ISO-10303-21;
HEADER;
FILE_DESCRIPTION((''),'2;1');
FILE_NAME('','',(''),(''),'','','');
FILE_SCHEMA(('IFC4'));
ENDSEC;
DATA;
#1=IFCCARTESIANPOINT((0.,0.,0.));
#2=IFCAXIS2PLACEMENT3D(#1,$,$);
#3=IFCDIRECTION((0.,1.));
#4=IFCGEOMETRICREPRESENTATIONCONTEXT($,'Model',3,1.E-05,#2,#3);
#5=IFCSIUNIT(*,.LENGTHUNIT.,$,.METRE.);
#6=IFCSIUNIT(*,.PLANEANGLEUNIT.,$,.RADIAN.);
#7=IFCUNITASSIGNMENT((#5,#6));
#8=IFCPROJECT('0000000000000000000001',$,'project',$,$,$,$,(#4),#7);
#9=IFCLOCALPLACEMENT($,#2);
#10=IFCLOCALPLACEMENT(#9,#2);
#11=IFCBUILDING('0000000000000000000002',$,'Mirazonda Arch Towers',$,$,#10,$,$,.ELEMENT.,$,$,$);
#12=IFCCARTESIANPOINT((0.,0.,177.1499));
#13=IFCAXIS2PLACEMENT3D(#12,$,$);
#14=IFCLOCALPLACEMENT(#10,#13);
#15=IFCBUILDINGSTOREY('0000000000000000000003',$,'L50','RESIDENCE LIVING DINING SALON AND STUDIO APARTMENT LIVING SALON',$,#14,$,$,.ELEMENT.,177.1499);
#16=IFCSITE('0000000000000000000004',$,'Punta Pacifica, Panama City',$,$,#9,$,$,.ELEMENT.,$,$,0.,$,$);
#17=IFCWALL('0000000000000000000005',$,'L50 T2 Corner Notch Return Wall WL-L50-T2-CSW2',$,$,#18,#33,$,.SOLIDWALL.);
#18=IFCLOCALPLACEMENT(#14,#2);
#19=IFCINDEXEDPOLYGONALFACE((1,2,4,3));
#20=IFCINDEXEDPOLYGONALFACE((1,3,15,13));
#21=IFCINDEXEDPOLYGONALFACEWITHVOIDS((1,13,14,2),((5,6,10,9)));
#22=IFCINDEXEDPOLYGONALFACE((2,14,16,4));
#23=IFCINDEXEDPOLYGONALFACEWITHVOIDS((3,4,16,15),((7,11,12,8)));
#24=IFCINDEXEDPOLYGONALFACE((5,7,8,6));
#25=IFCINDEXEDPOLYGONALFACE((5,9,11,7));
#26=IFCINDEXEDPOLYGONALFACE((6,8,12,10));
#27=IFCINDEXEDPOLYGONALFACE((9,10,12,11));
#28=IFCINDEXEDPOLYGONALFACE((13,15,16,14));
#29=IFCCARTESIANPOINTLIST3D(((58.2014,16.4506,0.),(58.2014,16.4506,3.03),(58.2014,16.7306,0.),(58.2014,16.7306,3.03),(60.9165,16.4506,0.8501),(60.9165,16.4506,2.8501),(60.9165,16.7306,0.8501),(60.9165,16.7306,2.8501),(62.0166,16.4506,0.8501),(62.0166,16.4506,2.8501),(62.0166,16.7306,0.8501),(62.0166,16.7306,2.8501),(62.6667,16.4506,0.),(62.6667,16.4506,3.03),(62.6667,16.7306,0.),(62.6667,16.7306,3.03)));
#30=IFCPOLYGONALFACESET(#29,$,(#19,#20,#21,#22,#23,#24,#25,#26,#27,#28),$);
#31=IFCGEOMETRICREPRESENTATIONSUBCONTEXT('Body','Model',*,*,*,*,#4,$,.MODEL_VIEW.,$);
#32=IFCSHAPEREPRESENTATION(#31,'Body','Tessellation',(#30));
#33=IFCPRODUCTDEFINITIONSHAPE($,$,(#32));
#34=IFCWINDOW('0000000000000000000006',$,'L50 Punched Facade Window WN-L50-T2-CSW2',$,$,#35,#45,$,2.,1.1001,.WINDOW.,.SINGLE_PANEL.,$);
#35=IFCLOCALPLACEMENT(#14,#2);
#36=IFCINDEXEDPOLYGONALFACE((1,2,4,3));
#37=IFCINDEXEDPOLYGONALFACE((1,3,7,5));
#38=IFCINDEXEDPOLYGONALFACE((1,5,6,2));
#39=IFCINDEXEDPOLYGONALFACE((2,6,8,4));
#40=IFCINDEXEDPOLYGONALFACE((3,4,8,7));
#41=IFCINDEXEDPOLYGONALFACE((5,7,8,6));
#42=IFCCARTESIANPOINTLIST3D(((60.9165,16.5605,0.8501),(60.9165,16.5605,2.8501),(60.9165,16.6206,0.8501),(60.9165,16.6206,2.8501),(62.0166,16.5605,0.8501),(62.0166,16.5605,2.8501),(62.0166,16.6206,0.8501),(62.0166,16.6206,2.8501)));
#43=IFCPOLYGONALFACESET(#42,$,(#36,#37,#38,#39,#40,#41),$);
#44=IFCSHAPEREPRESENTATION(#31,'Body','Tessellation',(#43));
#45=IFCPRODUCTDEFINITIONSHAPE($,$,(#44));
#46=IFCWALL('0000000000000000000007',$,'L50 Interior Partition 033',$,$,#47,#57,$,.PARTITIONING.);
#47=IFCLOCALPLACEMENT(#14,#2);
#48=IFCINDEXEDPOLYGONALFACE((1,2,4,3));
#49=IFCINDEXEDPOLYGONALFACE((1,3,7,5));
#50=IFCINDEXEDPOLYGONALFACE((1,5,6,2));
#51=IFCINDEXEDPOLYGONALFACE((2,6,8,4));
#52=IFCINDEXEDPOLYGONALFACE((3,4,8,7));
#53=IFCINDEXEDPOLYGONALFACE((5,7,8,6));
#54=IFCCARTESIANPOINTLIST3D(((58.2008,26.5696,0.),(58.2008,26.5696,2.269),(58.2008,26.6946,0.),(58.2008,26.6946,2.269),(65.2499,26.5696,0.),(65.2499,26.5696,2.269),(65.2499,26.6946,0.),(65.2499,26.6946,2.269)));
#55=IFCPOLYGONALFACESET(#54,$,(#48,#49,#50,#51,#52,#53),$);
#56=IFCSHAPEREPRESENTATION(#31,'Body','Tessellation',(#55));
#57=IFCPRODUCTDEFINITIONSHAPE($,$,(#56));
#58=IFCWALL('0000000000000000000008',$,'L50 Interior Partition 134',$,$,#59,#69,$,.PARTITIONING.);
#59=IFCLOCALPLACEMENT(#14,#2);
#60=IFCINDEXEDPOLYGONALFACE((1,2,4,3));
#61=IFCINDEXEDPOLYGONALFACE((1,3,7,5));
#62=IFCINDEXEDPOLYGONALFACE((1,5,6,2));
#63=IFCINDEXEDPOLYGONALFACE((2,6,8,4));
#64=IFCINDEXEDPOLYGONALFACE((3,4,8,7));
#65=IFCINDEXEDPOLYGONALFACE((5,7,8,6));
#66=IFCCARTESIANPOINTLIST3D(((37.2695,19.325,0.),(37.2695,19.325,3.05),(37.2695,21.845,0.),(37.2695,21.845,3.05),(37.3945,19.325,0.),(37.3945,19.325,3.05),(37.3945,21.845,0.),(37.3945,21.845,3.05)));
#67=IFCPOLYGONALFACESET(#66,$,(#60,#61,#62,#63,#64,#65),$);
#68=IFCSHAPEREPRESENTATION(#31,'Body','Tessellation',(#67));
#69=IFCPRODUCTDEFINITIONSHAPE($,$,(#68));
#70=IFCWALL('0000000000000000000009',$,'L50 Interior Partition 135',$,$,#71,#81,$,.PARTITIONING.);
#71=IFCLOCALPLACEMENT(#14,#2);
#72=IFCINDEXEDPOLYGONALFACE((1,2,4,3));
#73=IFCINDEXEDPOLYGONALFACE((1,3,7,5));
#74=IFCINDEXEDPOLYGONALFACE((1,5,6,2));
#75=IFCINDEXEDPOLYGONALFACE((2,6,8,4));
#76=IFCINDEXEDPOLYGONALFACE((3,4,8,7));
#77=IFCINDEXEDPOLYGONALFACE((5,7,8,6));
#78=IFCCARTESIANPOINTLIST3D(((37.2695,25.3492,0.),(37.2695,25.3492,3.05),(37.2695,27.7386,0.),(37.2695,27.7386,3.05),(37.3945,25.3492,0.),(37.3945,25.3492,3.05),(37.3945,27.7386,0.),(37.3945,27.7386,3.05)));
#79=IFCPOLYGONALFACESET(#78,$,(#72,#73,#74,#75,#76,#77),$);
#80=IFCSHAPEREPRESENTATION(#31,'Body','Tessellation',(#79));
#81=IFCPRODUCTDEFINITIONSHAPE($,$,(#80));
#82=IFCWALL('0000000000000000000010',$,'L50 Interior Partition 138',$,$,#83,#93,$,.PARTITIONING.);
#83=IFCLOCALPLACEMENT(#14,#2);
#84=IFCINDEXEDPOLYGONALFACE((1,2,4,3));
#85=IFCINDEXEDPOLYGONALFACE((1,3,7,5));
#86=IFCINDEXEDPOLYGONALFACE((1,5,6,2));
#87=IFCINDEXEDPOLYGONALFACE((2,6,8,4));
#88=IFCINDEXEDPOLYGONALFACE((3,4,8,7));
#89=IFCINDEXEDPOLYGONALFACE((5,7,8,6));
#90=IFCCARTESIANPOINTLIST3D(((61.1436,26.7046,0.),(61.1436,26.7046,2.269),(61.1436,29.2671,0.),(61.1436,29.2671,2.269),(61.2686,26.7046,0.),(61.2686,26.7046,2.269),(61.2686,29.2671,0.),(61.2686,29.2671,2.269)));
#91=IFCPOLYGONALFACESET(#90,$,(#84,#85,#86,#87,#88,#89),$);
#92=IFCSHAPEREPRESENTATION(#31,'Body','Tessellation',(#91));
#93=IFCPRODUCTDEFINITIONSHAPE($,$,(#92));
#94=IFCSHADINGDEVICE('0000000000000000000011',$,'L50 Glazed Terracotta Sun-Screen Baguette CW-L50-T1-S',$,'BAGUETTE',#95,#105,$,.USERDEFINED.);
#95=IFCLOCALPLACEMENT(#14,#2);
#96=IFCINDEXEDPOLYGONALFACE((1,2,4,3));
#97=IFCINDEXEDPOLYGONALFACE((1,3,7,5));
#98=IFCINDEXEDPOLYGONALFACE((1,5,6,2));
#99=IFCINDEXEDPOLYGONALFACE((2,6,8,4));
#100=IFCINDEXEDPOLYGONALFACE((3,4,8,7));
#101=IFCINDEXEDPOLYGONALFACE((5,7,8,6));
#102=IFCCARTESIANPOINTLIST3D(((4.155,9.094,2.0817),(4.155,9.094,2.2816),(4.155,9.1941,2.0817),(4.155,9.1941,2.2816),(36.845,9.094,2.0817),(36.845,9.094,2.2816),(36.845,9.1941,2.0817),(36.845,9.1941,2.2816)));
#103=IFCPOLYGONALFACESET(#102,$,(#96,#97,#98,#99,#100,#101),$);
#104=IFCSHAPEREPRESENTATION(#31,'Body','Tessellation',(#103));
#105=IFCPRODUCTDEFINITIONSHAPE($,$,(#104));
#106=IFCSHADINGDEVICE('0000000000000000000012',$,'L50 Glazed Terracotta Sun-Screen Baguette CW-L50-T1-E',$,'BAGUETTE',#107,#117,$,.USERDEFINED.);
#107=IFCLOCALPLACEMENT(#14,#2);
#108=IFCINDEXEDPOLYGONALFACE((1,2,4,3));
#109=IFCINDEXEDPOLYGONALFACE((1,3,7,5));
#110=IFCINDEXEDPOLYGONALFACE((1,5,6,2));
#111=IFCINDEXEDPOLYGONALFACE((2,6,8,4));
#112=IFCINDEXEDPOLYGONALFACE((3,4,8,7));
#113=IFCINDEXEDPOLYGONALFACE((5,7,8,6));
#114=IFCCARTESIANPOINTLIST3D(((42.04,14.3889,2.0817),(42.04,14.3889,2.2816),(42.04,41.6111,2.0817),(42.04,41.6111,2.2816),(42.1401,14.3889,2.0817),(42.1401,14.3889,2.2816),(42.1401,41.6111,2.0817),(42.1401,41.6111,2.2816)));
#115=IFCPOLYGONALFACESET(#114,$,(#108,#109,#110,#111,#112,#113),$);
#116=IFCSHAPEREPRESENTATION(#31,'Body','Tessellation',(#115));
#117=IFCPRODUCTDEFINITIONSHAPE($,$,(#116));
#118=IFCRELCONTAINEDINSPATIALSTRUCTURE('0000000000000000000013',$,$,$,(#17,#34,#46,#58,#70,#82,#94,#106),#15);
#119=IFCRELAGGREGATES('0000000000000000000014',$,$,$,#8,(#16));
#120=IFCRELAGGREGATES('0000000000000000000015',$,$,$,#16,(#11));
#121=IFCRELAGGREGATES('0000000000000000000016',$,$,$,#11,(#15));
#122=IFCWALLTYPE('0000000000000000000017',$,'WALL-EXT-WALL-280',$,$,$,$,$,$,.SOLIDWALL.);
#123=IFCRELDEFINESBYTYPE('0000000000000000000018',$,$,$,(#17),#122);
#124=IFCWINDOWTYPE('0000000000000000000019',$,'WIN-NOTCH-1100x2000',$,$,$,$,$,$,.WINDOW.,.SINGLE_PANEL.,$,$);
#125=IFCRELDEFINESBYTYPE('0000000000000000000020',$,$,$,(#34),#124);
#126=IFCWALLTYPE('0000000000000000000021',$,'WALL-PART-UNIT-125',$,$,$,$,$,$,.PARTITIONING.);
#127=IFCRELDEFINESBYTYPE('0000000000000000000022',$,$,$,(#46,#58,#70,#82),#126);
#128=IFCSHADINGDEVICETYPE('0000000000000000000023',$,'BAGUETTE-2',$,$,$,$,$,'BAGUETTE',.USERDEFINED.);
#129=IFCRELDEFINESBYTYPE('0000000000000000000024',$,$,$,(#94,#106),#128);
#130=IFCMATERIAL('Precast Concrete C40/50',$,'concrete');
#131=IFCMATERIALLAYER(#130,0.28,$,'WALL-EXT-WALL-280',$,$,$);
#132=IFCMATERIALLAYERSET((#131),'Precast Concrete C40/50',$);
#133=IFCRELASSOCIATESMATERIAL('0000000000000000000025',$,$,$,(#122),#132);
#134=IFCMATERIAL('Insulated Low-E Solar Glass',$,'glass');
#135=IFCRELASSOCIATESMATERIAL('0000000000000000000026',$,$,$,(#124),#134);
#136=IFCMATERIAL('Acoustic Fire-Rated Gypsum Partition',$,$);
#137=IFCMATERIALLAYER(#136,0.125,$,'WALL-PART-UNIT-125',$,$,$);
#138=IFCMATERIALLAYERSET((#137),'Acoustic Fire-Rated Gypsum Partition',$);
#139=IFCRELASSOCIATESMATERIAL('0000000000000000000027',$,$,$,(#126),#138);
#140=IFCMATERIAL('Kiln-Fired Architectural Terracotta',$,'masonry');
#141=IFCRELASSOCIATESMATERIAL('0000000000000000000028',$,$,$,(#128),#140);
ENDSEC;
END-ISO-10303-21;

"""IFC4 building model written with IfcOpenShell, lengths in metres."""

from ifc_helpers import new_model, si_unit, direction, frame, frame_2d, origin, origin_2d, place, context, subcontext, project, spatial, rectangle, extrude, material, layer, layer_set, material_profile, profile_set, type_object, element, fill, save


model = new_model("IFC4")

# Units and contexts
model_context = context("Model", 3, precision=1e-05, world=origin(), true_north=direction((0.0, 1.0)))
body_context = subcontext(model_context, "Body", "Model", "MODEL_VIEW")
ifc_project = project(units=[si_unit("LENGTHUNIT", "METRE"), si_unit("PLANEANGLEUNIT", "RADIAN")], contexts=[model_context])

# Site, building, storey
site_placement = place(None, origin())
site = spatial("IfcSite", under=ifc_project, at=site_placement, Name="Punta Pacifica, Panama City", CompositionType="ELEMENT", RefElevation=0.0)
building_placement = place(site_placement, origin())
building = spatial("IfcBuilding", under=site, at=building_placement, Name="Mirazonda Arch Towers", CompositionType="ELEMENT")
storey_placement = place(building_placement, frame((0.0, 0.0, 177.1499)))
storey = spatial("IfcBuildingStorey", under=building, at=storey_placement, Name="L50", Description="RESIDENCE LIVING DINING SALON AND STUDIO APARTMENT LIVING SALON", CompositionType="ELEMENT", Elevation=177.1499)

# Shared definitions
ifc_material_1 = material(Name="Insulated Low-E Solar Glass", Category="glass")

# Shared definitions
ifc_material_2 = material(Name="Precast Concrete C40/50", Category="concrete")
ifc_layer_1 = layer(ifc_material_2, 0.28, Name="WALL-EXT-WALL-280")
ifc_layer_set_1 = layer_set([ifc_layer_1], Name="Precast Concrete C40/50")
wall_type_1 = type_object("IfcWallType", Name="WALL-EXT-WALL-280", PredefinedType="SOLIDWALL", material=ifc_layer_set_1)
window_type = type_object("IfcWindowType", Name="WIN-NOTCH-1100x2000", PartitioningType="SINGLE_PANEL", PredefinedType="WINDOW", material=ifc_material_1)

# Wall, opening, window
wall_1_placement = place(storey_placement, frame((58.2014, 16.5906, 0.0), z_axis=(0.0, 0.0, 1.0), x_axis=(1.0, 0.0, 0.0)))
wall_1 = element("IfcWall", 1, at=wall_1_placement, inside=storey, type_object=wall_type_1, Name="L50 T2 Corner Notch Return Wall WL-L50-T2-CSW2", PredefinedType="SOLIDWALL", context=body_context, shape_type="SweptSolid", body=[
    extrude(rectangle(XDim=4.4653, YDim=0.28, at=frame_2d((2.2327, 0.0))), origin(), (0.0, 0.0, 1.0), 3.03),
])
opening_1_placement = place(wall_1_placement, frame((2.7151, 0.0, 0.8501)))
opening_1 = element("IfcOpeningElement", 2, at=opening_1_placement, cuts=wall_1, PredefinedType="OPENING", context=body_context, shape_type="SweptSolid", body=[
    extrude(rectangle(XDim=1.1001, YDim=2.0, at=frame_2d((0.55, 1.0))), frame((0.0, 0.1499, 0.0), z_axis=(0.0, -1.0, 0.0), x_axis=(1.0, 0.0, 0.0)), (0.0, 0.0, 1.0), 0.3),
])
window_1_placement = place(opening_1_placement, origin())
window_1 = element("IfcWindow", 3, at=window_1_placement, inside=storey, type_object=window_type, Name="L50 Punched Facade Window WN-L50-T2-CSW2", OverallHeight=2.0, OverallWidth=1.1001, PartitioningType="SINGLE_PANEL", PredefinedType="WINDOW", context=body_context, shape_type="SweptSolid", body=[
    extrude(rectangle(XDim=1.1001, YDim=2.0, at=frame_2d((0.55, 1.0))), frame((0.0, 0.03, 0.0), z_axis=(0.0, -1.0, 0.0), x_axis=(1.0, 0.0, 0.0)), (0.0, 0.0, 1.0), 0.0601),
])
fill(opening_1, window_1)

# Walls
ifc_material_3 = material(Name="Acoustic Fire-Rated Gypsum Partition")
ifc_layer_2 = layer(ifc_material_3, 0.125, Name="WALL-PART-UNIT-125")
ifc_layer_set_2 = layer_set([ifc_layer_2], Name="Acoustic Fire-Rated Gypsum Partition")
wall_type_2 = type_object("IfcWallType", Name="WALL-PART-UNIT-125", PredefinedType="PARTITIONING", material=ifc_layer_set_2)
wall_2_placement = place(storey_placement, frame((58.2009, 26.6321, 0.0), z_axis=(0.0, 0.0, 1.0), x_axis=(1.0, 0.0, 0.0)))
element("IfcWall", 4, at=wall_2_placement, inside=storey, type_object=wall_type_2, Name="L50 Interior Partition 033", PredefinedType="PARTITIONING", context=body_context, shape_type="SweptSolid", body=[
    extrude(rectangle(XDim=7.0491, YDim=0.125, at=frame_2d((3.5244, 0.0))), origin(), (0.0, 0.0, 1.0), 2.269),
])
wall_3_placement = place(storey_placement, frame((37.332, 19.325, 0.0), z_axis=(0.0, 0.0, 1.0), x_axis=(0.0, 1.0, 0.0)))
element("IfcWall", 5, at=wall_3_placement, inside=storey, type_object=wall_type_2, Name="L50 Interior Partition 134", PredefinedType="PARTITIONING", context=body_context, shape_type="SweptSolid", body=[
    extrude(rectangle(XDim=2.52, YDim=0.125, at=frame_2d((1.26, 0.0))), origin(), (0.0, 0.0, 1.0), 3.05),
])
wall_4_placement = place(storey_placement, frame((37.332, 25.3491, 0.0), z_axis=(0.0, 0.0, 1.0), x_axis=(0.0, 1.0, 0.0)))
element("IfcWall", 6, at=wall_4_placement, inside=storey, type_object=wall_type_2, Name="L50 Interior Partition 135", PredefinedType="PARTITIONING", context=body_context, shape_type="SweptSolid", body=[
    extrude(rectangle(XDim=2.3894, YDim=0.125, at=frame_2d((1.1948, 0.0))), origin(), (0.0, 0.0, 1.0), 3.05),
])
wall_5_placement = place(storey_placement, frame((61.2061, 26.7046, 0.0), z_axis=(0.0, 0.0, 1.0), x_axis=(0.0, 1.0, 0.0)))
element("IfcWall", 7, at=wall_5_placement, inside=storey, type_object=wall_type_2, Name="L50 Interior Partition 138", PredefinedType="PARTITIONING", context=body_context, shape_type="SweptSolid", body=[
    extrude(rectangle(XDim=2.5625, YDim=0.125, at=frame_2d((1.2812, 0.0))), origin(), (0.0, 0.0, 1.0), 2.269),
])

# Shading devices
ifc_material_4 = material(Name="Kiln-Fired Architectural Terracotta", Category="masonry")
ifc_material_profile_1 = material_profile(ifc_material_4, rectangle(XDim=0.1001, YDim=0.2, at=origin_2d()), Name="TERRA-BAG-100x200")
ifc_profile_set_1 = profile_set([ifc_material_profile_1], Name="Kiln-Fired Architectural Terracotta")
shading_device_type = type_object("IfcShadingDeviceType", Name="BAGUETTE-2", ElementType="BAGUETTE", PredefinedType="USERDEFINED", material=ifc_profile_set_1)
shading_device_1_placement = place(storey_placement, frame((36.845, 9.144, 2.1816), z_axis=(-1.0, 0.0, 0.0), x_axis=(0.0, -1.0, 0.0)))
element("IfcShadingDevice", 8, at=shading_device_1_placement, inside=storey, type_object=shading_device_type, Name="L50 Glazed Terracotta Sun-Screen Baguette CW-L50-T1-S", ObjectType="BAGUETTE", PredefinedType="USERDEFINED", context=body_context, shape_type="SweptSolid", body=[
    extrude(rectangle(XDim=0.1001, YDim=0.2, at=origin_2d()), origin(), (0.0, 0.0, 1.0), 32.6899),
])
shading_device_2_placement = place(storey_placement, frame((42.0901, 14.3889, 2.1816), z_axis=(0.0, 1.0, 0.0), x_axis=(-1.0, 0.0, 0.0)))
element("IfcShadingDevice", 9, at=shading_device_2_placement, inside=storey, type_object=shading_device_type, Name="L50 Glazed Terracotta Sun-Screen Baguette CW-L50-T1-E", ObjectType="BAGUETTE", PredefinedType="USERDEFINED", context=body_context, shape_type="SweptSolid", body=[
    extrude(rectangle(XDim=0.1001, YDim=0.2, at=origin_2d()), origin(), (0.0, 0.0, 1.0), 27.2222),
])

save(model, "model.ifc")
